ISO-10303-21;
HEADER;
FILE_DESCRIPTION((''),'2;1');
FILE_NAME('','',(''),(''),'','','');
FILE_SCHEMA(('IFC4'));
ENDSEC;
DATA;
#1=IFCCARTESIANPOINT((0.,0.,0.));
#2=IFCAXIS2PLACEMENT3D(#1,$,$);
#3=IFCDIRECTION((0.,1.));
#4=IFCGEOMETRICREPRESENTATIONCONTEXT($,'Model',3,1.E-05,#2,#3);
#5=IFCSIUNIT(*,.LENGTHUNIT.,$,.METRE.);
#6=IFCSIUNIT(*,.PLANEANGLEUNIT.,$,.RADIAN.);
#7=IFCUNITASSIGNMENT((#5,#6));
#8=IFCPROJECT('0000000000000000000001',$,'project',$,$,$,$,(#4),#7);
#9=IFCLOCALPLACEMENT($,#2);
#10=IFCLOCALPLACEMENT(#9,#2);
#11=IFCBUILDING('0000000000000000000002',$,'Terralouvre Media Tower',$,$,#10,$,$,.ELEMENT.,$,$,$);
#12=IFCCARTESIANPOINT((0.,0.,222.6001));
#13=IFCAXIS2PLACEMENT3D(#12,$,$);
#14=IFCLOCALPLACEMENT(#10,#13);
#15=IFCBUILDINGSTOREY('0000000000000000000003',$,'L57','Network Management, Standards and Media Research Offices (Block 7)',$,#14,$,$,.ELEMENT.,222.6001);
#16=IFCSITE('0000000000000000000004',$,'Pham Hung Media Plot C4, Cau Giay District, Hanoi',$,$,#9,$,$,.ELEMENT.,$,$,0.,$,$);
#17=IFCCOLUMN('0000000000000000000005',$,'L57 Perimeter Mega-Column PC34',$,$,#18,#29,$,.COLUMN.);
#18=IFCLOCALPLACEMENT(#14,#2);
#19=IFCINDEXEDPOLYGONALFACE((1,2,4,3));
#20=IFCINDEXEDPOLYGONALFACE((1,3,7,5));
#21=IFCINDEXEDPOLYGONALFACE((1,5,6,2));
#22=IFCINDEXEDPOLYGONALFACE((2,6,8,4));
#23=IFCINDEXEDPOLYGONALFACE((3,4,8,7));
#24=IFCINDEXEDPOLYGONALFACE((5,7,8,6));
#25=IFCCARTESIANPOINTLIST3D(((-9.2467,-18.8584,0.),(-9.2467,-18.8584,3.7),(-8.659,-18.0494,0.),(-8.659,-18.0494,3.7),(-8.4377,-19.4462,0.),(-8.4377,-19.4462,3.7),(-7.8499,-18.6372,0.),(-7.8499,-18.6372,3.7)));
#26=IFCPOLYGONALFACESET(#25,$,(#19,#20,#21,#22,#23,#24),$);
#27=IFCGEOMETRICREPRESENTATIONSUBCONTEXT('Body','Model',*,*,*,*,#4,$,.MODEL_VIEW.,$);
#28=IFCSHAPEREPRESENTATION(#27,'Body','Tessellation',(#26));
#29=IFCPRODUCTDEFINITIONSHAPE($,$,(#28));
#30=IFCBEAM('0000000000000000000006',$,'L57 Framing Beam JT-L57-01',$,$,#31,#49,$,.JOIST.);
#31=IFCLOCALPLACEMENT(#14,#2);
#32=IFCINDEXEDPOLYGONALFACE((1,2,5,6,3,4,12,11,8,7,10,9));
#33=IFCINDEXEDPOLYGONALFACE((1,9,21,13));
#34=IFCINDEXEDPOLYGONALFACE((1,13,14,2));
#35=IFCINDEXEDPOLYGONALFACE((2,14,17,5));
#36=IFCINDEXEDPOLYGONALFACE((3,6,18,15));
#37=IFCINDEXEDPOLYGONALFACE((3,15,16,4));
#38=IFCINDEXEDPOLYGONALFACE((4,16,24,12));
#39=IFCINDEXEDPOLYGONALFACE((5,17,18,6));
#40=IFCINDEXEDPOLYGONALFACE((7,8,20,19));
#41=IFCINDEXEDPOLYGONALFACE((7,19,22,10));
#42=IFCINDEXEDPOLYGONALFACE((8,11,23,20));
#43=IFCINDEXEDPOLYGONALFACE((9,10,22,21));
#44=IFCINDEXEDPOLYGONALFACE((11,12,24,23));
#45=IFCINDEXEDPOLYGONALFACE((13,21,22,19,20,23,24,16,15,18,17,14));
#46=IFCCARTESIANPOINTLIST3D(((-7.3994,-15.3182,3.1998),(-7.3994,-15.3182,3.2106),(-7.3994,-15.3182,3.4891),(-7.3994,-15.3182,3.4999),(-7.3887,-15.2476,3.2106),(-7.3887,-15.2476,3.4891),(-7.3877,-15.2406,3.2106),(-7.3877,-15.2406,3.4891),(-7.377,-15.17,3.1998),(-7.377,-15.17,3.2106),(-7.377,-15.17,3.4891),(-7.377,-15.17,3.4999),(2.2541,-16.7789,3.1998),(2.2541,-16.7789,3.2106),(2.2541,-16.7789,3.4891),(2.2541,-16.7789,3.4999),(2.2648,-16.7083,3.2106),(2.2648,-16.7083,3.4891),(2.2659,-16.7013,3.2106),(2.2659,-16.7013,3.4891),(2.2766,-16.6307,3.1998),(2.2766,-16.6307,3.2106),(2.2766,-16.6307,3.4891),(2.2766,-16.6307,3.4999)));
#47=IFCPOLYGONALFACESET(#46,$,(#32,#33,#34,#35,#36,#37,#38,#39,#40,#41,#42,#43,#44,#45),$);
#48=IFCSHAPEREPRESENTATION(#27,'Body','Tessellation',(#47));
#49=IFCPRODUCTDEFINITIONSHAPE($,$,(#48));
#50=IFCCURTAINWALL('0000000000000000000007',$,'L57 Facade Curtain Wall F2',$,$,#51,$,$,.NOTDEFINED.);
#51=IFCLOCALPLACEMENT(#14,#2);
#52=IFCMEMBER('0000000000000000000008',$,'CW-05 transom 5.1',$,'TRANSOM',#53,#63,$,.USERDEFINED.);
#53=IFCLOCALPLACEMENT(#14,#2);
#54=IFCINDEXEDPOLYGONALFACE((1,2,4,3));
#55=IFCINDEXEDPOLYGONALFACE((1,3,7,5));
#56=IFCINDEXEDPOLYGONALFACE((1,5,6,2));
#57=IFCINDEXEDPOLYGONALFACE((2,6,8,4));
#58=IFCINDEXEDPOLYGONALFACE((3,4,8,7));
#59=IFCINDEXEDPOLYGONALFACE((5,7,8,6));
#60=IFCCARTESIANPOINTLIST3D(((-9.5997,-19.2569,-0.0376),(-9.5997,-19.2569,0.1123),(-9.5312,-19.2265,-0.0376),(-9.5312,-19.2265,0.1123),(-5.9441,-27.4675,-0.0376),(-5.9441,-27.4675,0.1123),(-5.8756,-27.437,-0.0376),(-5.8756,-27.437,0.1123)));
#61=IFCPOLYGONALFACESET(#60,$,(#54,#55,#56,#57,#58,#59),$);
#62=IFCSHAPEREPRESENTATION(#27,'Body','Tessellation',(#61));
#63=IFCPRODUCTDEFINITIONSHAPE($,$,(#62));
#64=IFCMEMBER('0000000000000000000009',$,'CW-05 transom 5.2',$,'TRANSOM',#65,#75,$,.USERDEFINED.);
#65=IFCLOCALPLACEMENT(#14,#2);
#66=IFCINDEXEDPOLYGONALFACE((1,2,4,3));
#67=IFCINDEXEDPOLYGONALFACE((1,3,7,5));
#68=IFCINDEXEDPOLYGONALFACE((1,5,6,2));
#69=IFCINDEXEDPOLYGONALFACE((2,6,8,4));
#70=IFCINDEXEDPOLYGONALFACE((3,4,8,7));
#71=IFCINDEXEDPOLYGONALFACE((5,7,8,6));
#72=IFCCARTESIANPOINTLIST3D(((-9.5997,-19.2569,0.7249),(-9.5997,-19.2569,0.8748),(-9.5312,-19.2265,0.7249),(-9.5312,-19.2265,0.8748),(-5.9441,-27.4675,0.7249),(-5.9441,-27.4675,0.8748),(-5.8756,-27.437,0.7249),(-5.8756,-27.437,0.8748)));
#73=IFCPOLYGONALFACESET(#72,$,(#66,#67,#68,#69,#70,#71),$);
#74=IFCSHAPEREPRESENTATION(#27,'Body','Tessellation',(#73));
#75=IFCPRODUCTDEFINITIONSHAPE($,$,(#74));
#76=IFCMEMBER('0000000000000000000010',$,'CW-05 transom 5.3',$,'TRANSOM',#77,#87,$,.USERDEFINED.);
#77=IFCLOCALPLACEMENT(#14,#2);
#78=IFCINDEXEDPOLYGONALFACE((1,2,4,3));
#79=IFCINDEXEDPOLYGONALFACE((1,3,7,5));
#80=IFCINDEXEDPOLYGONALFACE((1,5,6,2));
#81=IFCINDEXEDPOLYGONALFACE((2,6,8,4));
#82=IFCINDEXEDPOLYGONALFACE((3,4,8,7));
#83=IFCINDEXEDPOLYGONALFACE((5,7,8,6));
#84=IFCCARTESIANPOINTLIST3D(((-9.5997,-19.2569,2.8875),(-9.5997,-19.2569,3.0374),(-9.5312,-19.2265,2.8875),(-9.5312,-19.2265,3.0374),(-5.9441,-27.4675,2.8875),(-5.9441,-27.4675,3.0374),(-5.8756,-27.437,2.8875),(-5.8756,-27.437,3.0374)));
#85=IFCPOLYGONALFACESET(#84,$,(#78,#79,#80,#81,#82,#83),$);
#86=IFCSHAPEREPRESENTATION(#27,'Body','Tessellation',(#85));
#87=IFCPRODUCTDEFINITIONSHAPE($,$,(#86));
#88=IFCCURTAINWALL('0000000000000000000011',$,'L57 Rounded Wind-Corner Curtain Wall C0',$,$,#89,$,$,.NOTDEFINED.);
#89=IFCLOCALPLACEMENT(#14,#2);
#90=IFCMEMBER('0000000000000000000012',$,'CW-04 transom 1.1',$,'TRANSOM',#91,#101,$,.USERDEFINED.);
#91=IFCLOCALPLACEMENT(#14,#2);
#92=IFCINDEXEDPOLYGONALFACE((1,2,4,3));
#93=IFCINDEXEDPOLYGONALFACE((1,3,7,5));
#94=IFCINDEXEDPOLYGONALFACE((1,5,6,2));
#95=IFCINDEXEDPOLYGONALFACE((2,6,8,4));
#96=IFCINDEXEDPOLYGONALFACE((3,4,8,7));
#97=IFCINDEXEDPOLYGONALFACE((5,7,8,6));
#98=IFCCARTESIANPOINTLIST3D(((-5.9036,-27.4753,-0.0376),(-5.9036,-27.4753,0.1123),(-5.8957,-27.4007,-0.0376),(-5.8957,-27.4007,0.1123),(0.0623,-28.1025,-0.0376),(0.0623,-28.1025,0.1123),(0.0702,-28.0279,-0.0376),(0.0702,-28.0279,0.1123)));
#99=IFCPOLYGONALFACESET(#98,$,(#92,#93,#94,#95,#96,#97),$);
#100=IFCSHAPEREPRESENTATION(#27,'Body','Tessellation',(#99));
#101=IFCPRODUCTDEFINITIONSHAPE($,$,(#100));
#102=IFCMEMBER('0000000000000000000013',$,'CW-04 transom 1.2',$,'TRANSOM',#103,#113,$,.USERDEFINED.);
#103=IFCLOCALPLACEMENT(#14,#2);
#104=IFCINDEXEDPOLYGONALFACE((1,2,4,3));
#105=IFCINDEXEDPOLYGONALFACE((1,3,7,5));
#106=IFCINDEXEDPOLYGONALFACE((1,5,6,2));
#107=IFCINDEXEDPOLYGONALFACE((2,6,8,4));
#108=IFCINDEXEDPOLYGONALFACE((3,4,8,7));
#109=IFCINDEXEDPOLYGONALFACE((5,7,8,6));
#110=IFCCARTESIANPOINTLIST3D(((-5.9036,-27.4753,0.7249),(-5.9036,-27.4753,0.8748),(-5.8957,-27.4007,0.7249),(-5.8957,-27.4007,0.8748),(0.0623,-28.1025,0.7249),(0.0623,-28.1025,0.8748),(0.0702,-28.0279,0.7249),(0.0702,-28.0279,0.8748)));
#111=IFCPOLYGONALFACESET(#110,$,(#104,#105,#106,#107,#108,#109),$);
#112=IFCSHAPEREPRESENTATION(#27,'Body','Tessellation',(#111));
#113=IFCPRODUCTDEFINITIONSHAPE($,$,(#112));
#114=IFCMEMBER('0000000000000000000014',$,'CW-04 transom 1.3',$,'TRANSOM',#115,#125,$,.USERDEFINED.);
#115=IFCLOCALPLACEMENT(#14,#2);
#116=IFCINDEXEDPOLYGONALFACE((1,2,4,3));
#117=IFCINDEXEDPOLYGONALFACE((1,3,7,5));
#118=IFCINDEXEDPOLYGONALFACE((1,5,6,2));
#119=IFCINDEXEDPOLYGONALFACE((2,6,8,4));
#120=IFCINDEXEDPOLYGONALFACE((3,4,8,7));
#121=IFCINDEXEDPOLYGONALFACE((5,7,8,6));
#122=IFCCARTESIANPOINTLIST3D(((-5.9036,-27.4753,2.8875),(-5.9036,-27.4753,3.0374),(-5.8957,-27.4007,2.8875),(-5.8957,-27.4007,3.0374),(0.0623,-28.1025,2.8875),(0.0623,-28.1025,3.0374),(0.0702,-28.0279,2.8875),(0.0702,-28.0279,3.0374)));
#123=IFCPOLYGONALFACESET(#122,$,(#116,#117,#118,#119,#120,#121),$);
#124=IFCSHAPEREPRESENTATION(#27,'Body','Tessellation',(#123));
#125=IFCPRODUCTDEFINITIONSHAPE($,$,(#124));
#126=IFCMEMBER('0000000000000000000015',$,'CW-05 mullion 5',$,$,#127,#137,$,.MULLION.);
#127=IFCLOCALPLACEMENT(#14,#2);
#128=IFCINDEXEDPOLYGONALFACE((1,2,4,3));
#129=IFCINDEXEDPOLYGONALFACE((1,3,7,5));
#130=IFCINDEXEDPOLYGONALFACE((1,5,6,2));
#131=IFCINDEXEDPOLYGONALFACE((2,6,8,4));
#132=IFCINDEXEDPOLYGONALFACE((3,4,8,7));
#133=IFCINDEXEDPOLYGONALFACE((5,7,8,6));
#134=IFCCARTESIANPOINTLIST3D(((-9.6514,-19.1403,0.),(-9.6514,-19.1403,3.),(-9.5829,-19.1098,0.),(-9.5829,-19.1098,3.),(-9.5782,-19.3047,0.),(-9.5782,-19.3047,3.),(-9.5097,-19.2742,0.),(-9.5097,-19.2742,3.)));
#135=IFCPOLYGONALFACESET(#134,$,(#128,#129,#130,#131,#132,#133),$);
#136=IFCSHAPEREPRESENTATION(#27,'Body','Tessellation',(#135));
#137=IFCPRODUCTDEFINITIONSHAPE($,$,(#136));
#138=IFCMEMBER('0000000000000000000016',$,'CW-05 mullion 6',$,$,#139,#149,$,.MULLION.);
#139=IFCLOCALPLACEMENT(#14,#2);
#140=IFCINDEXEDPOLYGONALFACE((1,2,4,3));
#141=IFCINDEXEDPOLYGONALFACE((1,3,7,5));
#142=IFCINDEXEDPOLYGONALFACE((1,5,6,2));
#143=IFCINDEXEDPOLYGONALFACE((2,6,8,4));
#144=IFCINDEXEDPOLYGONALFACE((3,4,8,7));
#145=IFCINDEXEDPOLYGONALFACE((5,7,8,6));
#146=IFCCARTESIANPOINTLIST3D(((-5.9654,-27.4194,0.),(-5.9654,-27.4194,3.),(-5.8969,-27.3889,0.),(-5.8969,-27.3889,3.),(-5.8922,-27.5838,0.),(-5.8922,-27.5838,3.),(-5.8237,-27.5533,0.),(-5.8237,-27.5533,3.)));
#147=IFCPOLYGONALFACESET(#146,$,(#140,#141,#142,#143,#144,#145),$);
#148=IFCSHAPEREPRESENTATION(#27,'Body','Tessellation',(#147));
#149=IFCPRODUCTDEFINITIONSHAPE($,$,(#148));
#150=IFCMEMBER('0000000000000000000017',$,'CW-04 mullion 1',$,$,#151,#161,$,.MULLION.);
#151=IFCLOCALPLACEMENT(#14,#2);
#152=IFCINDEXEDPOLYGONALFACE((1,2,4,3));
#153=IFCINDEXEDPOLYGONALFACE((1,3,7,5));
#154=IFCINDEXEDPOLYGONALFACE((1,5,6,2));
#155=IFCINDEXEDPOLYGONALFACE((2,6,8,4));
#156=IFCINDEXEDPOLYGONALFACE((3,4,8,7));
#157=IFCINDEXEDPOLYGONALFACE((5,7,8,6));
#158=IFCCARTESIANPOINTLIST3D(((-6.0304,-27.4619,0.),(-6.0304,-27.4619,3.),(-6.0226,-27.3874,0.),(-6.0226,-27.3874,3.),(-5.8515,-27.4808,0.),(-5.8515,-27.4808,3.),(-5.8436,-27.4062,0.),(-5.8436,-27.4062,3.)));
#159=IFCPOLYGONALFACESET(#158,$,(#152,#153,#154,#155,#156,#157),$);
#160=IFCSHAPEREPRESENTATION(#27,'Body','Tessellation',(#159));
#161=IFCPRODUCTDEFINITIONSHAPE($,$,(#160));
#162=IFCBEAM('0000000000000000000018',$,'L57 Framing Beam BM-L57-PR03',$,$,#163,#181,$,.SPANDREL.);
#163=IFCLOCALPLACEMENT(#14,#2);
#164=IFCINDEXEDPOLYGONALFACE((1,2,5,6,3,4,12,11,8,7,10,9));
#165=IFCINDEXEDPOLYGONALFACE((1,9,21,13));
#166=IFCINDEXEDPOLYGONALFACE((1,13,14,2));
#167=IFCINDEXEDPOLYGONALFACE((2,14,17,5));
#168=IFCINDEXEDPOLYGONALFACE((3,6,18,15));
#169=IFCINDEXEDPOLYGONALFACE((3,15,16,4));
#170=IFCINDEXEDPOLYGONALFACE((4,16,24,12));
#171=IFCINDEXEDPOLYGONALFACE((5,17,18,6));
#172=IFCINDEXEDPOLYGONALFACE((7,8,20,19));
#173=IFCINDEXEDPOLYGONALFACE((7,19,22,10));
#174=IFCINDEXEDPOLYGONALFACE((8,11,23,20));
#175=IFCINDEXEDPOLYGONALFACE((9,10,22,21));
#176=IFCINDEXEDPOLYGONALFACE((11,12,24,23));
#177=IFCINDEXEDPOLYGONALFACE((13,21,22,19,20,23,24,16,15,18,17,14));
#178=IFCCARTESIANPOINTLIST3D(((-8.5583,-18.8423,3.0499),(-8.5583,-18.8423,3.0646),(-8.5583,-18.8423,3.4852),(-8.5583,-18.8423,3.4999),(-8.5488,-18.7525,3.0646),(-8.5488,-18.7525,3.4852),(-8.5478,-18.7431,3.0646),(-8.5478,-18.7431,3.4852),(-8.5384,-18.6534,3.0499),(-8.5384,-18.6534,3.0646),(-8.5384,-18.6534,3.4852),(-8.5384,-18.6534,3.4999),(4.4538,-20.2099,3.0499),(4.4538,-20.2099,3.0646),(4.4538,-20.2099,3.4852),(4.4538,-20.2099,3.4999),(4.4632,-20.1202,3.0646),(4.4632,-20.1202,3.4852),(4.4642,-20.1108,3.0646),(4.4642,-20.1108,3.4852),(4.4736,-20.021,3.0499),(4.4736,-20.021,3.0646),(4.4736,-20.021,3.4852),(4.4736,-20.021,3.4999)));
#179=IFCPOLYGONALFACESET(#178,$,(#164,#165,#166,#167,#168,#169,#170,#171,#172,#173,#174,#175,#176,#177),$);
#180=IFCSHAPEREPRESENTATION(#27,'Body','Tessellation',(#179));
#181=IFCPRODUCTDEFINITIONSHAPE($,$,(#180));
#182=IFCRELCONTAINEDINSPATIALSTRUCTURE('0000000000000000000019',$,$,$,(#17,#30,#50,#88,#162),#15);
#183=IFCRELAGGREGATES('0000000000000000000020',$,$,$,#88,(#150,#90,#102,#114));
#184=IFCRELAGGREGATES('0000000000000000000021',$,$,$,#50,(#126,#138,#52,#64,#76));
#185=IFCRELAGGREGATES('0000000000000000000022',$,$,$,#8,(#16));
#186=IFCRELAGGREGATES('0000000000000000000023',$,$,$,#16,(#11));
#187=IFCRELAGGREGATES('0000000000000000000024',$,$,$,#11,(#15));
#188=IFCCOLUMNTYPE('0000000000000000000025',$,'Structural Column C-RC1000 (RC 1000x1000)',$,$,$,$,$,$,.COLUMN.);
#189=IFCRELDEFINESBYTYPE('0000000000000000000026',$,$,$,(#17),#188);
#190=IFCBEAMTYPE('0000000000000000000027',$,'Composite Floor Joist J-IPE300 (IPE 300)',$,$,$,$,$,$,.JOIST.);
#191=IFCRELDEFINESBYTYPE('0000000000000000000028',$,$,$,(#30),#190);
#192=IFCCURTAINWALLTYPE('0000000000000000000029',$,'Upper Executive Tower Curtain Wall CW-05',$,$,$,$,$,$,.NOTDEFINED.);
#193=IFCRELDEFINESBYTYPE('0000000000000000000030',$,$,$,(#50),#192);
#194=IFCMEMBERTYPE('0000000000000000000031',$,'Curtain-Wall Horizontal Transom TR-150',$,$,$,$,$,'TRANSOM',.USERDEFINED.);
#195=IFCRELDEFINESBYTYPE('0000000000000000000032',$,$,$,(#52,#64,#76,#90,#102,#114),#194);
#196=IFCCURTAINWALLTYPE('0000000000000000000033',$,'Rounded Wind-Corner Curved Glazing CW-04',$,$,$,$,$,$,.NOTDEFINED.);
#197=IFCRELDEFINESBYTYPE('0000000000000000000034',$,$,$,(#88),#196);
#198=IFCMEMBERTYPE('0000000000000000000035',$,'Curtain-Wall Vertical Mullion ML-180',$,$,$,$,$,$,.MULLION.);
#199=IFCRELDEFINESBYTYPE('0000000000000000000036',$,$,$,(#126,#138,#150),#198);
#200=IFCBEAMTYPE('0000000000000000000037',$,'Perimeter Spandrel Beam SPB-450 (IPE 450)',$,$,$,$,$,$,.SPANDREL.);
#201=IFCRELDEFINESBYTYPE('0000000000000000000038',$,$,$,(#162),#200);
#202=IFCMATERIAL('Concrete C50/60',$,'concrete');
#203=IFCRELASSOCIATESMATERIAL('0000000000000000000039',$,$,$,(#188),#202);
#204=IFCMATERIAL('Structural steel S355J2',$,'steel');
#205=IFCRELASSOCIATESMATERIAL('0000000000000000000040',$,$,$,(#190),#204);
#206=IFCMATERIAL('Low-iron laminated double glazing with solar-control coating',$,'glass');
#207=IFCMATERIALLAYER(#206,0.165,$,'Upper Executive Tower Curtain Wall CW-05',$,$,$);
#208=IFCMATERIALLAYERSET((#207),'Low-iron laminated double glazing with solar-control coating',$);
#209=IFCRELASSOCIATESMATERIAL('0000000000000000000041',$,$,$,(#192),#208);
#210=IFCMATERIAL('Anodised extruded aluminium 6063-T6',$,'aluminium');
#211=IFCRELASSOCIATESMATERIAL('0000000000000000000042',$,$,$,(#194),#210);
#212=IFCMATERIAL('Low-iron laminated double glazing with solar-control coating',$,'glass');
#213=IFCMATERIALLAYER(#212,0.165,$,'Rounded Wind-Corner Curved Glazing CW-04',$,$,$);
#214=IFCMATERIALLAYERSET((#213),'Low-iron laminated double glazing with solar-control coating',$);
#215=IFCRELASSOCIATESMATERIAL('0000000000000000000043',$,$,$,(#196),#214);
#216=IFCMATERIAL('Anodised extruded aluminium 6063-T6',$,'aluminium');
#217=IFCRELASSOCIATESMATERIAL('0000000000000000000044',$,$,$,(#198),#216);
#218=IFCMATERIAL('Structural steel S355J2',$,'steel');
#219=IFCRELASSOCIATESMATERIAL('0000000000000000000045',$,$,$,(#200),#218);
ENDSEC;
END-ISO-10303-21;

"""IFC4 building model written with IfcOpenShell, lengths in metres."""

from ifc_helpers import new_model, si_unit, direction, frame, origin, origin_2d, place, context, subcontext, project, spatial, rectangle, i_section, extrude, material, layer, layer_set, material_profile, profile_set, type_object, element, aggregate, save


model = new_model("IFC4")

# Units and contexts
model_context = context("Model", 3, precision=1e-05, world=origin(), true_north=direction((0.0, 1.0)))
body_context = subcontext(model_context, "Body", "Model", "MODEL_VIEW")
ifc_project = project(units=[si_unit("LENGTHUNIT", "METRE"), si_unit("PLANEANGLEUNIT", "RADIAN")], contexts=[model_context])

# Site, building, storey
site_placement = place(None, origin())
site = spatial("IfcSite", under=ifc_project, at=site_placement, Name="Pham Hung Media Plot C4, Cau Giay District, Hanoi", CompositionType="ELEMENT", RefElevation=0.0)
building_placement = place(site_placement, origin())
building = spatial("IfcBuilding", under=site, at=building_placement, Name="Terralouvre Media Tower", CompositionType="ELEMENT")
storey_placement = place(building_placement, frame((0.0, 0.0, 222.6001)))
storey = spatial("IfcBuildingStorey", under=building, at=storey_placement, Name="L57", Description="Network Management, Standards and Media Research Offices (Block 7)", CompositionType="ELEMENT", Elevation=222.6001)

# Column
ifc_material_1 = material(Name="Concrete C50/60", Category="concrete")
ifc_material_profile_1 = material_profile(ifc_material_1, rectangle(XDim=1.0, YDim=1.0, at=origin_2d()), Name="RC 1000x1000")
ifc_profile_set_1 = profile_set([ifc_material_profile_1], Name="Concrete C50/60")
column_type = type_object("IfcColumnType", Name="Structural Column C-RC1000 (RC 1000x1000)", PredefinedType="COLUMN", material=ifc_profile_set_1)
column_placement = place(storey_placement, frame((-8.5483, -18.7478, 0.0), z_axis=(0.0, 0.0, 1.0), x_axis=(0.587785, 0.809017, 0.0)))
element("IfcColumn", 1, at=column_placement, inside=storey, type_object=column_type, Name="L57 Perimeter Mega-Column PC34", PredefinedType="COLUMN", context=body_context, shape_type="SweptSolid", body=[
    extrude(rectangle(XDim=1.0, YDim=1.0, at=origin_2d()), origin(), (0.0, 0.0, 1.0), 3.7),
])

# Beam
ifc_material_2 = material(Name="Structural steel S355J2", Category="steel")
ifc_material_profile_2 = material_profile(ifc_material_2, i_section(OverallWidth=0.1499, OverallDepth=0.3, WebThickness=0.0071, FlangeThickness=0.0107, at=origin_2d()), Name="IPE 300")
ifc_profile_set_2 = profile_set([ifc_material_profile_2], Name="Structural steel S355J2")
beam_type_1 = type_object("IfcBeamType", Name="Composite Floor Joist J-IPE300 (IPE 300)", PredefinedType="JOIST", material=ifc_profile_set_2)
beam_1_placement = place(storey_placement, frame((-7.3882, -15.2441, 3.3499), z_axis=(0.988745, -0.149608, 0.0), x_axis=(0.149608, 0.988745, 0.0)))
element("IfcBeam", 2, at=beam_1_placement, inside=storey, type_object=beam_type_1, Name="L57 Framing Beam JT-L57-01", PredefinedType="JOIST", context=body_context, shape_type="SweptSolid", body=[
    extrude(i_section(OverallWidth=0.1499, OverallDepth=0.3, WebThickness=0.0071, FlangeThickness=0.0107, at=origin_2d()), origin(), (0.0, 0.0, 1.0), 9.7634),
])

# Curtain walls, members
ifc_material_3 = material(Name="Low-iron laminated double glazing with solar-control coating", Category="glass")
ifc_layer_1 = layer(ifc_material_3, 0.165, Name="Upper Executive Tower Curtain Wall CW-05")
ifc_layer_set_1 = layer_set([ifc_layer_1], Name="Low-iron laminated double glazing with solar-control coating")
curtain_wall_type_1 = type_object("IfcCurtainWallType", Name="Upper Executive Tower Curtain Wall CW-05", PredefinedType="NOTDEFINED", material=ifc_layer_set_1)
curtain_wall_1_placement = place(storey_placement, origin())
curtain_wall_1 = element("IfcCurtainWall", 3, at=curtain_wall_1_placement, inside=storey, type_object=curtain_wall_type_1, Name="L57 Facade Curtain Wall F2", PredefinedType="NOTDEFINED")
ifc_material_4 = material(Name="Anodised extruded aluminium 6063-T6", Category="aluminium")
ifc_material_profile_3 = material_profile(ifc_material_4, rectangle(XDim=0.075, YDim=0.1499, at=origin_2d()), Name="ALU 75x150")
ifc_profile_set_3 = profile_set([ifc_material_profile_3], Name="Anodised extruded aluminium 6063-T6")
member_type_1 = type_object("IfcMemberType", Name="Curtain-Wall Horizontal Transom TR-150", ElementType="TRANSOM", PredefinedType="USERDEFINED", material=ifc_profile_set_3)
member_1_placement = place(storey_placement, frame((-9.5654, -19.2417, 0.0374), z_axis=(0.406736, -0.913546, 0.0), x_axis=(0.913546, 0.406736, 0.0)))
member_1 = element("IfcMember", 4, at=member_1_placement, type_object=member_type_1, Name="CW-05 transom 5.1", ObjectType="TRANSOM", PredefinedType="USERDEFINED", context=body_context, shape_type="SweptSolid", body=[
    extrude(rectangle(XDim=0.075, YDim=0.1499, at=origin_2d()), origin(), (0.0, 0.0, 1.0), 8.9875),
])
member_2_placement = place(storey_placement, frame((-9.5654, -19.2417, 0.7998), z_axis=(0.406736, -0.913546, 0.0), x_axis=(0.913546, 0.406736, 0.0)))
member_2 = element("IfcMember", 5, at=member_2_placement, type_object=member_type_1, Name="CW-05 transom 5.2", ObjectType="TRANSOM", PredefinedType="USERDEFINED", context=body_context, shape_type="SweptSolid", body=[
    extrude(rectangle(XDim=0.075, YDim=0.1499, at=origin_2d()), origin(), (0.0, 0.0, 1.0), 8.9875),
])
member_3_placement = place(storey_placement, frame((-9.5654, -19.2417, 2.9624), z_axis=(0.406736, -0.913546, 0.0), x_axis=(0.913546, 0.406736, 0.0)))
member_3 = element("IfcMember", 6, at=member_3_placement, type_object=member_type_1, Name="CW-05 transom 5.3", ObjectType="TRANSOM", PredefinedType="USERDEFINED", context=body_context, shape_type="SweptSolid", body=[
    extrude(rectangle(XDim=0.075, YDim=0.1499, at=origin_2d()), origin(), (0.0, 0.0, 1.0), 8.9875),
])
ifc_material_5 = material(Name="Low-iron laminated double glazing with solar-control coating", Category="glass")
ifc_layer_2 = layer(ifc_material_5, 0.165, Name="Rounded Wind-Corner Curved Glazing CW-04")
ifc_layer_set_2 = layer_set([ifc_layer_2], Name="Low-iron laminated double glazing with solar-control coating")
curtain_wall_type_2 = type_object("IfcCurtainWallType", Name="Rounded Wind-Corner Curved Glazing CW-04", PredefinedType="NOTDEFINED", material=ifc_layer_set_2)
curtain_wall_2_placement = place(storey_placement, origin())
curtain_wall_2 = element("IfcCurtainWall", 7, at=curtain_wall_2_placement, inside=storey, type_object=curtain_wall_type_2, Name="L57 Rounded Wind-Corner Curtain Wall C0", PredefinedType="NOTDEFINED")
member_4_placement = place(storey_placement, frame((-5.8997, -27.438, 0.0374), z_axis=(0.994519, -0.104556, 0.0), x_axis=(0.104556, 0.994519, 0.0)))
member_4 = element("IfcMember", 8, at=member_4_placement, type_object=member_type_1, Name="CW-04 transom 1.1", ObjectType="TRANSOM", PredefinedType="USERDEFINED", context=body_context, shape_type="SweptSolid", body=[
    extrude(rectangle(XDim=0.075, YDim=0.1499, at=origin_2d()), origin(), (0.0, 0.0, 1.0), 5.9988),
])
member_5_placement = place(storey_placement, frame((-5.8997, -27.438, 0.7998), z_axis=(0.994519, -0.104556, 0.0), x_axis=(0.104556, 0.994519, 0.0)))
member_5 = element("IfcMember", 9, at=member_5_placement, type_object=member_type_1, Name="CW-04 transom 1.2", ObjectType="TRANSOM", PredefinedType="USERDEFINED", context=body_context, shape_type="SweptSolid", body=[
    extrude(rectangle(XDim=0.075, YDim=0.1499, at=origin_2d()), origin(), (0.0, 0.0, 1.0), 5.9988),
])
member_6_placement = place(storey_placement, frame((-5.8997, -27.438, 2.9624), z_axis=(0.994519, -0.104556, 0.0), x_axis=(0.104556, 0.994519, 0.0)))
member_6 = element("IfcMember", 10, at=member_6_placement, type_object=member_type_1, Name="CW-04 transom 1.3", ObjectType="TRANSOM", PredefinedType="USERDEFINED", context=body_context, shape_type="SweptSolid", body=[
    extrude(rectangle(XDim=0.075, YDim=0.1499, at=origin_2d()), origin(), (0.0, 0.0, 1.0), 5.9988),
])

# Members
ifc_material_6 = material(Name="Anodised extruded aluminium 6063-T6", Category="aluminium")
ifc_material_profile_4 = material_profile(ifc_material_6, rectangle(XDim=0.075, YDim=0.1799, at=origin_2d()), Name="ALU 75x180")
ifc_profile_set_4 = profile_set([ifc_material_profile_4], Name="Anodised extruded aluminium 6063-T6")
member_type_2 = type_object("IfcMemberType", Name="Curtain-Wall Vertical Mullion ML-180", PredefinedType="MULLION", material=ifc_profile_set_4)
member_7_placement = place(storey_placement, frame((-9.5806, -19.2073, 0.0), z_axis=(0.0, 0.0, 1.0), x_axis=(0.913545, 0.406737, 0.0)))
member_7 = element("IfcMember", 11, at=member_7_placement, type_object=member_type_2, Name="CW-05 mullion 5", PredefinedType="MULLION", context=body_context, shape_type="SweptSolid", body=[
    extrude(rectangle(XDim=0.075, YDim=0.1799, at=origin_2d()), origin(), (0.0, 0.0, 1.0), 3.0),
])
member_8_placement = place(storey_placement, frame((-5.8945, -27.4863, 0.0), z_axis=(0.0, 0.0, 1.0), x_axis=(0.913545, 0.406737, 0.0)))
member_8 = element("IfcMember", 12, at=member_8_placement, type_object=member_type_2, Name="CW-05 mullion 6", PredefinedType="MULLION", context=body_context, shape_type="SweptSolid", body=[
    extrude(rectangle(XDim=0.075, YDim=0.1799, at=origin_2d()), origin(), (0.0, 0.0, 1.0), 3.0),
])
member_9_placement = place(storey_placement, frame((-5.937, -27.4341, 0.0), z_axis=(0.0, 0.0, 1.0), x_axis=(0.104528, 0.994522, 0.0)))
member_9 = element("IfcMember", 13, at=member_9_placement, type_object=member_type_2, Name="CW-04 mullion 1", PredefinedType="MULLION", context=body_context, shape_type="SweptSolid", body=[
    extrude(rectangle(XDim=0.075, YDim=0.1799, at=origin_2d()), origin(), (0.0, 0.0, 1.0), 3.0),
])

# Beam
ifc_material_7 = material(Name="Structural steel S355J2", Category="steel")
ifc_material_profile_5 = material_profile(ifc_material_7, i_section(OverallWidth=0.1899, OverallDepth=0.45, WebThickness=0.0095, FlangeThickness=0.0146, at=origin_2d()), Name="IPE 450")
ifc_profile_set_5 = profile_set([ifc_material_profile_5], Name="Structural steel S355J2")
beam_type_2 = type_object("IfcBeamType", Name="Perimeter Spandrel Beam SPB-450 (IPE 450)", PredefinedType="SPANDREL", material=ifc_profile_set_5)
beam_2_placement = place(storey_placement, frame((-8.5483, -18.7478, 3.2749), z_axis=(0.994521, -0.104533, 0.0), x_axis=(0.104533, 0.994521, 0.0)))
element("IfcBeam", 14, at=beam_2_placement, inside=storey, type_object=beam_type_2, Name="L57 Framing Beam BM-L57-PR03", PredefinedType="SPANDREL", context=body_context, shape_type="SweptSolid", body=[
    extrude(i_section(OverallWidth=0.1899, OverallDepth=0.45, WebThickness=0.0095, FlangeThickness=0.0146, at=origin_2d()), origin(), (0.0, 0.0, 1.0), 13.0837),
])

aggregate(curtain_wall_2, [member_9, member_4, member_5, member_6])
aggregate(curtain_wall_1, [member_7, member_8, member_1, member_2, member_3])

save(model, "model.ifc")
